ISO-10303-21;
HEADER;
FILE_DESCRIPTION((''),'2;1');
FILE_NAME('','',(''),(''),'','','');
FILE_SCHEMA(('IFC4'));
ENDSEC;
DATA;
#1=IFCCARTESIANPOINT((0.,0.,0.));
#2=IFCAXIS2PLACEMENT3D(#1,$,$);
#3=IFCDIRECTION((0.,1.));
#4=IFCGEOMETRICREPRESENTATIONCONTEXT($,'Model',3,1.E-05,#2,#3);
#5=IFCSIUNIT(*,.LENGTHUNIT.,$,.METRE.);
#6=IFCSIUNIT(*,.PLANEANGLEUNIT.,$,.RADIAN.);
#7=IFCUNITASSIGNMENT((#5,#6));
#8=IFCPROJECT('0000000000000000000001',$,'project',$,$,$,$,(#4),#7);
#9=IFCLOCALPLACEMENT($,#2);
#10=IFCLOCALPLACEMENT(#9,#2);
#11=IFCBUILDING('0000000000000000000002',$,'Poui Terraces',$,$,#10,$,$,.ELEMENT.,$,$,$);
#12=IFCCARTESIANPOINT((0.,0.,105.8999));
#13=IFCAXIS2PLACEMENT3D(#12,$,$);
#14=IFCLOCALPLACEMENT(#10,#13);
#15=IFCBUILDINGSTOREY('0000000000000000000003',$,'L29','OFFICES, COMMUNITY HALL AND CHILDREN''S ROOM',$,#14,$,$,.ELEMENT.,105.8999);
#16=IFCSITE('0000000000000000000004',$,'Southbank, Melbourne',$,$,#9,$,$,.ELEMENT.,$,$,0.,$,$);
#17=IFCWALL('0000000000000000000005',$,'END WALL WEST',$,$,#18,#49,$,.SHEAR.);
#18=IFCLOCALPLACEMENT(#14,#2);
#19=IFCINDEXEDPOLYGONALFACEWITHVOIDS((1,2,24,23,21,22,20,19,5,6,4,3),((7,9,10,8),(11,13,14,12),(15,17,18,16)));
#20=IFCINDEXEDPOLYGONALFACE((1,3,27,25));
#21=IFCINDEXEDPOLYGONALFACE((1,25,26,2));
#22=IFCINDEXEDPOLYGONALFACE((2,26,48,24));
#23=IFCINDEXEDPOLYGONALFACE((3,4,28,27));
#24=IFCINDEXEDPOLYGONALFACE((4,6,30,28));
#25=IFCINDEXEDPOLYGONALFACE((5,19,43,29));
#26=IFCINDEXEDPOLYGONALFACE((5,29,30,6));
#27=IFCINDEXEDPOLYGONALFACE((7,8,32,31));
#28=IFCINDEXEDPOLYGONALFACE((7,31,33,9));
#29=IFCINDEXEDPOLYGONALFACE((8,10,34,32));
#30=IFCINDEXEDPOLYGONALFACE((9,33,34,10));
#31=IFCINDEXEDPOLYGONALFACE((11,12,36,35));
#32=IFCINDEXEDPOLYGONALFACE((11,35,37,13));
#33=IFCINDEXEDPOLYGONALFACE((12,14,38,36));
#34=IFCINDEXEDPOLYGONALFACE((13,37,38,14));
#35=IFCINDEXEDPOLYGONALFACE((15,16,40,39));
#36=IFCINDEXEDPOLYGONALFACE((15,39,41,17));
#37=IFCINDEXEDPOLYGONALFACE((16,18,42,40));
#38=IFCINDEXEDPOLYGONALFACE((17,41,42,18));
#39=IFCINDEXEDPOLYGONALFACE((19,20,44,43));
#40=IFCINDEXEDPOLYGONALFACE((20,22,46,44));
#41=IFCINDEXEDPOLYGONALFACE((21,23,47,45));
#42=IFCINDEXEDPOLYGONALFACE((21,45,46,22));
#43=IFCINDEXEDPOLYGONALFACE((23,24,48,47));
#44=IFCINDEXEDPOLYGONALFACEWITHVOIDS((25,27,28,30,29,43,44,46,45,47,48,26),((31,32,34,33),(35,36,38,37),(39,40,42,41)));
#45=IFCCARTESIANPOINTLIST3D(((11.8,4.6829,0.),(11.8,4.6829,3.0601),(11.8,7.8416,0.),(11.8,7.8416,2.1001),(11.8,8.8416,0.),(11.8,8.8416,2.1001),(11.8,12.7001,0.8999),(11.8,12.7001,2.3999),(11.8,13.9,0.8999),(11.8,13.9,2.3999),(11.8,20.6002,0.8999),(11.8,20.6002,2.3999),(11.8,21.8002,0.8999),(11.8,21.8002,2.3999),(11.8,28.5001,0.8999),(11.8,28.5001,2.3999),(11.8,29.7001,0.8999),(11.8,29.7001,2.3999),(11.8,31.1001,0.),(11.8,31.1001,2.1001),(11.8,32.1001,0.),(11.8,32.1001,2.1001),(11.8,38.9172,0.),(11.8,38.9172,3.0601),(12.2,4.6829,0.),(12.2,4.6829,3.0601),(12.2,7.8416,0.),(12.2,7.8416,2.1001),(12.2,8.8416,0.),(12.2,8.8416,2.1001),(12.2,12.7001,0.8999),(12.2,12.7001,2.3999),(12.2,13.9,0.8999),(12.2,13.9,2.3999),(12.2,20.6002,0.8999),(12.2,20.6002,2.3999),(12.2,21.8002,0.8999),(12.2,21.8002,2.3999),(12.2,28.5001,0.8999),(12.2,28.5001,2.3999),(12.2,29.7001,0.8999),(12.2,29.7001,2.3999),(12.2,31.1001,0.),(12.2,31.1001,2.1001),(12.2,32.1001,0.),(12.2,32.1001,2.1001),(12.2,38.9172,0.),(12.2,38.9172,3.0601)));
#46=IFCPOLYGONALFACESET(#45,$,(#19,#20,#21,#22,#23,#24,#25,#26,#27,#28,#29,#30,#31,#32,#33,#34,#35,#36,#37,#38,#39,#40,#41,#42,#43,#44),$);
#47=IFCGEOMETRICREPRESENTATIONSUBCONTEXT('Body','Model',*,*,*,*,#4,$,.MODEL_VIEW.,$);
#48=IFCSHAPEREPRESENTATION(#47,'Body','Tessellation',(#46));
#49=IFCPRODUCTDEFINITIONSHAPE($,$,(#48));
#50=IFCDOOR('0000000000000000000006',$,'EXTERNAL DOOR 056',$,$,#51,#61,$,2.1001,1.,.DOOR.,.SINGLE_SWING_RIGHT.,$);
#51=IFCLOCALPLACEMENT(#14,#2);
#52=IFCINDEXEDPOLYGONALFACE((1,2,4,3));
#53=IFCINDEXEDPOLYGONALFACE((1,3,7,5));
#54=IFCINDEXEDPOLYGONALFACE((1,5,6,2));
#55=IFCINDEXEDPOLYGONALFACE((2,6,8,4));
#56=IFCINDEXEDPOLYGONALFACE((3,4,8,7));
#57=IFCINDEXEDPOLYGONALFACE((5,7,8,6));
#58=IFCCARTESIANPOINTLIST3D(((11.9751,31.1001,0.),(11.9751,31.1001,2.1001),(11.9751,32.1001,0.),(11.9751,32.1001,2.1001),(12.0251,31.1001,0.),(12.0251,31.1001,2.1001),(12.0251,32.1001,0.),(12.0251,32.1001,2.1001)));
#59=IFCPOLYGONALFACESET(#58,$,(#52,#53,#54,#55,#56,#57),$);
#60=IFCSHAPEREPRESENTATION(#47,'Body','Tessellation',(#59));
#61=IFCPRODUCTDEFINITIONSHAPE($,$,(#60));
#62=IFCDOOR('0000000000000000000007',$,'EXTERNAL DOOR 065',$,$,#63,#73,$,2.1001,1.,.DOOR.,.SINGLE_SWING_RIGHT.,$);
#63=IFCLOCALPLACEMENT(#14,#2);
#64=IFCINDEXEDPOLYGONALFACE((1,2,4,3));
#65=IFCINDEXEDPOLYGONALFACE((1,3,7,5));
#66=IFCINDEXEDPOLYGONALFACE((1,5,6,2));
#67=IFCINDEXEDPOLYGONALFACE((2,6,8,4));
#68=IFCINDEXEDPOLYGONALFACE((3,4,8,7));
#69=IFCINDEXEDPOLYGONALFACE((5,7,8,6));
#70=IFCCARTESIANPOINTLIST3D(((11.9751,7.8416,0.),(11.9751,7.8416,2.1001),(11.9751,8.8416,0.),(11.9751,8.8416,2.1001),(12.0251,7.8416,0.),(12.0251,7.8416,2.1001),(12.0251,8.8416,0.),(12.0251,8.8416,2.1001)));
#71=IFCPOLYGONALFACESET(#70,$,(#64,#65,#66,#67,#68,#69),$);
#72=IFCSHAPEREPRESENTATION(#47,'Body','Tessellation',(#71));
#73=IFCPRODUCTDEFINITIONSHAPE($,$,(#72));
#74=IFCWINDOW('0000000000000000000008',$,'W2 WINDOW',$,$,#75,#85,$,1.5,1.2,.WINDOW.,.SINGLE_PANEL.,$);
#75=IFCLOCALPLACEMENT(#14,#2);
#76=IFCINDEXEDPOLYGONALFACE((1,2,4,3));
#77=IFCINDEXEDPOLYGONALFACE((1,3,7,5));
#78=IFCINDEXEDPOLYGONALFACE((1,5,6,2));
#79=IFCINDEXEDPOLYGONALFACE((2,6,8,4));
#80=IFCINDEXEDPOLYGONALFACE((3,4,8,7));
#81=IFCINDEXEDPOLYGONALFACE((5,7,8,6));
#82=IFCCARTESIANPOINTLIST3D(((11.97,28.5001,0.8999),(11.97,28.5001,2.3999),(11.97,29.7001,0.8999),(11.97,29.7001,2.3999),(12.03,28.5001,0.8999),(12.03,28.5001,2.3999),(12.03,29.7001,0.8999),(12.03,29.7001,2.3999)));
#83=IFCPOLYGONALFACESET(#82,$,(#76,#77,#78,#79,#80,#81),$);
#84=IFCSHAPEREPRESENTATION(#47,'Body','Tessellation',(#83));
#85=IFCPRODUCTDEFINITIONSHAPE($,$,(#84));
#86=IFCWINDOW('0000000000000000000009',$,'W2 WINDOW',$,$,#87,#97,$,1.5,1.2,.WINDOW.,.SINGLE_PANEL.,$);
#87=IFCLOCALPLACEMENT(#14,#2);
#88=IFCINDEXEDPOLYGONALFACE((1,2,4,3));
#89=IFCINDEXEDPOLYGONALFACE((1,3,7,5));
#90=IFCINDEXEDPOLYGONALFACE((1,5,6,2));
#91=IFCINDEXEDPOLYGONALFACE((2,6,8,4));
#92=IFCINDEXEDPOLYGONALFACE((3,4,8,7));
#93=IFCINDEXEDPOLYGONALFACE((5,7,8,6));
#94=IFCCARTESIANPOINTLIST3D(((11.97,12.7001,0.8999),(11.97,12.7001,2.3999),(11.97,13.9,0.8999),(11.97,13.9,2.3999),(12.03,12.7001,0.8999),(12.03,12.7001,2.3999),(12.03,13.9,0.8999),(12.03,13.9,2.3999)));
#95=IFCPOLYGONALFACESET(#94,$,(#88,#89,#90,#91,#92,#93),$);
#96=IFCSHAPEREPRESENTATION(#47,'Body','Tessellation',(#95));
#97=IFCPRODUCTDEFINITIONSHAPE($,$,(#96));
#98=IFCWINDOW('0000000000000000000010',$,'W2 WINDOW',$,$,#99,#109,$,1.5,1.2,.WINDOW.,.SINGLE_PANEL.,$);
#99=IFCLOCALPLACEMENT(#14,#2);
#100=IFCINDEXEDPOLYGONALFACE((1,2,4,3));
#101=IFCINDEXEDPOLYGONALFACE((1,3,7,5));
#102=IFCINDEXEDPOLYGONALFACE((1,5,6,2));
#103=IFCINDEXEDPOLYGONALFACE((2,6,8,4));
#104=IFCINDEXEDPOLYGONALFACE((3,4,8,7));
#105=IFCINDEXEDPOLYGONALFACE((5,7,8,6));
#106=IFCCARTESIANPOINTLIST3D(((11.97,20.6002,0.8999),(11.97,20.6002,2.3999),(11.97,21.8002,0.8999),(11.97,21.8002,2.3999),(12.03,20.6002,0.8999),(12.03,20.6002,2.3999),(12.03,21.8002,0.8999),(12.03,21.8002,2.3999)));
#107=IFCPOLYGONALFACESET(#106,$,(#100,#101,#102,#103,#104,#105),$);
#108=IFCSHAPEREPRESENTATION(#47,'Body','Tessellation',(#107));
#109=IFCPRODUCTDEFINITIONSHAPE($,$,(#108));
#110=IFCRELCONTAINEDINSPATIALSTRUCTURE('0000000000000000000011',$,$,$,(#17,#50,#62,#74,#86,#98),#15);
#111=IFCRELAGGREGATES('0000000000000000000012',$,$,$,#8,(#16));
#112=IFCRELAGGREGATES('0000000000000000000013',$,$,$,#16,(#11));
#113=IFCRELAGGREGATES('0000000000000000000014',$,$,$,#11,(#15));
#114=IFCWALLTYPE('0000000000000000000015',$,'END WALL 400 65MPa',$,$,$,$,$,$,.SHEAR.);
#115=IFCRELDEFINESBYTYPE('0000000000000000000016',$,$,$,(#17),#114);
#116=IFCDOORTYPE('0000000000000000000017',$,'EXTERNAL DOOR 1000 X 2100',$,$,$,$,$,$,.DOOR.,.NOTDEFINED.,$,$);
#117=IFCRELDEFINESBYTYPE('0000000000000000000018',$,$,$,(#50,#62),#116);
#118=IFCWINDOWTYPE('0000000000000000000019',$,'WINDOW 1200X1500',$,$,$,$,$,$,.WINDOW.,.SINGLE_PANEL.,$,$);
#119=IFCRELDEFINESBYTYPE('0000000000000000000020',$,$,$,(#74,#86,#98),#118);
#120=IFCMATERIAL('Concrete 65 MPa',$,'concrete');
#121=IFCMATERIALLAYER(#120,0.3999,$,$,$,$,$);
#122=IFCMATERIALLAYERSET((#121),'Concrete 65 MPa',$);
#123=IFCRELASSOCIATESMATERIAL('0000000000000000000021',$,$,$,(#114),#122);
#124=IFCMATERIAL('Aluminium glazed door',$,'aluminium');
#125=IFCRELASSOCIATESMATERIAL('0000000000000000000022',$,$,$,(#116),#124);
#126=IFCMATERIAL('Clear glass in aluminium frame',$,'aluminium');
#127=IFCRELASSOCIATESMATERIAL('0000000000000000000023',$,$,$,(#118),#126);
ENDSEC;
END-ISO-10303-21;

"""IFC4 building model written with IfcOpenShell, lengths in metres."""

from ifc_helpers import new_model, si_unit, direction, frame, frame_2d, origin, place, context, subcontext, project, spatial, rectangle, extrude, material, layer, layer_set, type_object, element, fill, save


model = new_model("IFC4")

# Units and contexts
model_context = context("Model", 3, precision=1e-05, world=origin(), true_north=direction((0.0, 1.0)))
body_context = subcontext(model_context, "Body", "Model", "MODEL_VIEW")
ifc_project = project(units=[si_unit("LENGTHUNIT", "METRE"), si_unit("PLANEANGLEUNIT", "RADIAN")], contexts=[model_context])

# Site, building, storey
site_placement = place(None, origin())
site = spatial("IfcSite", under=ifc_project, at=site_placement, Name="Southbank, Melbourne", CompositionType="ELEMENT", RefElevation=0.0)
building_placement = place(site_placement, origin())
building = spatial("IfcBuilding", under=site, at=building_placement, Name="Poui Terraces", CompositionType="ELEMENT")
storey_placement = place(building_placement, frame((0.0, 0.0, 105.8999)))
storey = spatial("IfcBuildingStorey", under=building, at=storey_placement, Name="L29", Description="OFFICES, COMMUNITY HALL AND CHILDREN'S ROOM", CompositionType="ELEMENT", Elevation=105.8999)

# Wall, openings, doors, windows
ifc_material_1 = material(Name="Concrete 65 MPa", Category="concrete")
ifc_layer = layer(ifc_material_1, 0.3999)
ifc_layer_set = layer_set([ifc_layer], Name="Concrete 65 MPa")
wall_type = type_object("IfcWallType", Name="END WALL 400 65MPa", PredefinedType="SHEAR", material=ifc_layer_set)
wall_placement = place(storey_placement, frame((12.0, 4.6829, 0.0), z_axis=(0.0, 0.0, 1.0), x_axis=(0.0, 1.0, 0.0)))
wall = element("IfcWall", 1, at=wall_placement, inside=storey, type_object=wall_type, Name="END WALL WEST", PredefinedType="SHEAR", context=body_context, shape_type="SweptSolid", body=[
    extrude(rectangle(XDim=34.2344, YDim=0.3999, at=frame_2d((17.1172, 0.0))), origin(), (0.0, 0.0, 1.0), 3.0601),
])
opening_1_placement = place(wall_placement, frame((23.8171, 0.0, 0.8999)))
opening_1 = element("IfcOpeningElement", 2, at=opening_1_placement, cuts=wall, PredefinedType="OPENING", context=body_context, shape_type="SweptSolid", body=[
    extrude(rectangle(XDim=1.2, YDim=1.5, at=frame_2d((0.6001, 0.75))), frame((0.0, 0.21, 0.0), z_axis=(0.0, -1.0, 0.0), x_axis=(1.0, 0.0, 0.0)), (0.0, 0.0, 1.0), 0.4199),
])
opening_2_placement = place(wall_placement, frame((8.0171, 0.0, 0.8999)))
opening_2 = element("IfcOpeningElement", 3, at=opening_2_placement, cuts=wall, PredefinedType="OPENING", context=body_context, shape_type="SweptSolid", body=[
    extrude(rectangle(XDim=1.2, YDim=1.5, at=frame_2d((0.6001, 0.75))), frame((0.0, 0.21, 0.0), z_axis=(0.0, -1.0, 0.0), x_axis=(1.0, 0.0, 0.0)), (0.0, 0.0, 1.0), 0.4199),
])
opening_3_placement = place(wall_placement, frame((15.9172, 0.0, 0.8999)))
opening_3 = element("IfcOpeningElement", 4, at=opening_3_placement, cuts=wall, PredefinedType="OPENING", context=body_context, shape_type="SweptSolid", body=[
    extrude(rectangle(XDim=1.2, YDim=1.5, at=frame_2d((0.6001, 0.75))), frame((0.0, 0.21, 0.0), z_axis=(0.0, -1.0, 0.0), x_axis=(1.0, 0.0, 0.0)), (0.0, 0.0, 1.0), 0.4199),
])
opening_4_placement = place(wall_placement, frame((26.4172, 0.0, 0.0)))
opening_4 = element("IfcOpeningElement", 5, at=opening_4_placement, cuts=wall, PredefinedType="OPENING", context=body_context, shape_type="SweptSolid", body=[
    extrude(rectangle(XDim=1.0, YDim=2.1001, at=frame_2d((0.5, 1.05))), frame((0.0, 0.21, 0.0), z_axis=(0.0, -1.0, 0.0), x_axis=(1.0, 0.0, 0.0)), (0.0, 0.0, 1.0), 0.4199),
])
opening_5_placement = place(wall_placement, frame((3.1587, 0.0, 0.0)))
opening_5 = element("IfcOpeningElement", 6, at=opening_5_placement, cuts=wall, PredefinedType="OPENING", context=body_context, shape_type="SweptSolid", body=[
    extrude(rectangle(XDim=1.0, YDim=2.1001, at=frame_2d((0.5, 1.05))), frame((0.0, 0.21, 0.0), z_axis=(0.0, -1.0, 0.0), x_axis=(1.0, 0.0, 0.0)), (0.0, 0.0, 1.0), 0.4199),
])
ifc_material_2 = material(Name="Aluminium glazed door", Category="aluminium")
door_type = type_object("IfcDoorType", Name="EXTERNAL DOOR 1000 X 2100", OperationType="NOTDEFINED", PredefinedType="DOOR", material=ifc_material_2)
door_1_placement = place(opening_4_placement, origin())
door_1 = element("IfcDoor", 7, at=door_1_placement, inside=storey, type_object=door_type, Name="EXTERNAL DOOR 056", OperationType="SINGLE_SWING_RIGHT", OverallHeight=2.1001, OverallWidth=1.0, PredefinedType="DOOR", context=body_context, shape_type="SweptSolid", body=[
    extrude(rectangle(XDim=1.0, YDim=2.1001, at=frame_2d((0.5, 1.05))), frame((0.0, 0.0249, 0.0), z_axis=(0.0, -1.0, 0.0), x_axis=(1.0, 0.0, 0.0)), (0.0, 0.0, 1.0), 0.05),
])
fill(opening_4, door_1)
door_2_placement = place(opening_5_placement, origin())
door_2 = element("IfcDoor", 8, at=door_2_placement, inside=storey, type_object=door_type, Name="EXTERNAL DOOR 065", OperationType="SINGLE_SWING_RIGHT", OverallHeight=2.1001, OverallWidth=1.0, PredefinedType="DOOR", context=body_context, shape_type="SweptSolid", body=[
    extrude(rectangle(XDim=1.0, YDim=2.1001, at=frame_2d((0.5, 1.05))), frame((0.0, 0.0249, 0.0), z_axis=(0.0, -1.0, 0.0), x_axis=(1.0, 0.0, 0.0)), (0.0, 0.0, 1.0), 0.05),
])
fill(opening_5, door_2)
ifc_material_3 = material(Name="Clear glass in aluminium frame", Category="aluminium")
window_type = type_object("IfcWindowType", Name="WINDOW 1200X1500", PartitioningType="SINGLE_PANEL", PredefinedType="WINDOW", material=ifc_material_3)
window_1_placement = place(opening_1_placement, origin())
window_1 = element("IfcWindow", 9, at=window_1_placement, inside=storey, type_object=window_type, Name="W2 WINDOW", OverallHeight=1.5, OverallWidth=1.2, PartitioningType="SINGLE_PANEL", PredefinedType="WINDOW", context=body_context, shape_type="SweptSolid", body=[
    extrude(rectangle(XDim=1.2, YDim=1.5, at=frame_2d((0.6001, 0.75))), frame((0.0, 0.03, 0.0), z_axis=(0.0, -1.0, 0.0), x_axis=(1.0, 0.0, 0.0)), (0.0, 0.0, 1.0), 0.0601),
])
fill(opening_1, window_1)
window_2_placement = place(opening_2_placement, origin())
window_2 = element("IfcWindow", 10, at=window_2_placement, inside=storey, type_object=window_type, Name="W2 WINDOW", OverallHeight=1.5, OverallWidth=1.2, PartitioningType="SINGLE_PANEL", PredefinedType="WINDOW", context=body_context, shape_type="SweptSolid", body=[
    extrude(rectangle(XDim=1.2, YDim=1.5, at=frame_2d((0.6001, 0.75))), frame((0.0, 0.03, 0.0), z_axis=(0.0, -1.0, 0.0), x_axis=(1.0, 0.0, 0.0)), (0.0, 0.0, 1.0), 0.0601),
])
fill(opening_2, window_2)
window_3_placement = place(opening_3_placement, origin())
window_3 = element("IfcWindow", 11, at=window_3_placement, inside=storey, type_object=window_type, Name="W2 WINDOW", OverallHeight=1.5, OverallWidth=1.2, PartitioningType="SINGLE_PANEL", PredefinedType="WINDOW", context=body_context, shape_type="SweptSolid", body=[
    extrude(rectangle(XDim=1.2, YDim=1.5, at=frame_2d((0.6001, 0.75))), frame((0.0, 0.03, 0.0), z_axis=(0.0, -1.0, 0.0), x_axis=(1.0, 0.0, 0.0)), (0.0, 0.0, 1.0), 0.0601),
])
fill(opening_3, window_3)

save(model, "model.ifc")
